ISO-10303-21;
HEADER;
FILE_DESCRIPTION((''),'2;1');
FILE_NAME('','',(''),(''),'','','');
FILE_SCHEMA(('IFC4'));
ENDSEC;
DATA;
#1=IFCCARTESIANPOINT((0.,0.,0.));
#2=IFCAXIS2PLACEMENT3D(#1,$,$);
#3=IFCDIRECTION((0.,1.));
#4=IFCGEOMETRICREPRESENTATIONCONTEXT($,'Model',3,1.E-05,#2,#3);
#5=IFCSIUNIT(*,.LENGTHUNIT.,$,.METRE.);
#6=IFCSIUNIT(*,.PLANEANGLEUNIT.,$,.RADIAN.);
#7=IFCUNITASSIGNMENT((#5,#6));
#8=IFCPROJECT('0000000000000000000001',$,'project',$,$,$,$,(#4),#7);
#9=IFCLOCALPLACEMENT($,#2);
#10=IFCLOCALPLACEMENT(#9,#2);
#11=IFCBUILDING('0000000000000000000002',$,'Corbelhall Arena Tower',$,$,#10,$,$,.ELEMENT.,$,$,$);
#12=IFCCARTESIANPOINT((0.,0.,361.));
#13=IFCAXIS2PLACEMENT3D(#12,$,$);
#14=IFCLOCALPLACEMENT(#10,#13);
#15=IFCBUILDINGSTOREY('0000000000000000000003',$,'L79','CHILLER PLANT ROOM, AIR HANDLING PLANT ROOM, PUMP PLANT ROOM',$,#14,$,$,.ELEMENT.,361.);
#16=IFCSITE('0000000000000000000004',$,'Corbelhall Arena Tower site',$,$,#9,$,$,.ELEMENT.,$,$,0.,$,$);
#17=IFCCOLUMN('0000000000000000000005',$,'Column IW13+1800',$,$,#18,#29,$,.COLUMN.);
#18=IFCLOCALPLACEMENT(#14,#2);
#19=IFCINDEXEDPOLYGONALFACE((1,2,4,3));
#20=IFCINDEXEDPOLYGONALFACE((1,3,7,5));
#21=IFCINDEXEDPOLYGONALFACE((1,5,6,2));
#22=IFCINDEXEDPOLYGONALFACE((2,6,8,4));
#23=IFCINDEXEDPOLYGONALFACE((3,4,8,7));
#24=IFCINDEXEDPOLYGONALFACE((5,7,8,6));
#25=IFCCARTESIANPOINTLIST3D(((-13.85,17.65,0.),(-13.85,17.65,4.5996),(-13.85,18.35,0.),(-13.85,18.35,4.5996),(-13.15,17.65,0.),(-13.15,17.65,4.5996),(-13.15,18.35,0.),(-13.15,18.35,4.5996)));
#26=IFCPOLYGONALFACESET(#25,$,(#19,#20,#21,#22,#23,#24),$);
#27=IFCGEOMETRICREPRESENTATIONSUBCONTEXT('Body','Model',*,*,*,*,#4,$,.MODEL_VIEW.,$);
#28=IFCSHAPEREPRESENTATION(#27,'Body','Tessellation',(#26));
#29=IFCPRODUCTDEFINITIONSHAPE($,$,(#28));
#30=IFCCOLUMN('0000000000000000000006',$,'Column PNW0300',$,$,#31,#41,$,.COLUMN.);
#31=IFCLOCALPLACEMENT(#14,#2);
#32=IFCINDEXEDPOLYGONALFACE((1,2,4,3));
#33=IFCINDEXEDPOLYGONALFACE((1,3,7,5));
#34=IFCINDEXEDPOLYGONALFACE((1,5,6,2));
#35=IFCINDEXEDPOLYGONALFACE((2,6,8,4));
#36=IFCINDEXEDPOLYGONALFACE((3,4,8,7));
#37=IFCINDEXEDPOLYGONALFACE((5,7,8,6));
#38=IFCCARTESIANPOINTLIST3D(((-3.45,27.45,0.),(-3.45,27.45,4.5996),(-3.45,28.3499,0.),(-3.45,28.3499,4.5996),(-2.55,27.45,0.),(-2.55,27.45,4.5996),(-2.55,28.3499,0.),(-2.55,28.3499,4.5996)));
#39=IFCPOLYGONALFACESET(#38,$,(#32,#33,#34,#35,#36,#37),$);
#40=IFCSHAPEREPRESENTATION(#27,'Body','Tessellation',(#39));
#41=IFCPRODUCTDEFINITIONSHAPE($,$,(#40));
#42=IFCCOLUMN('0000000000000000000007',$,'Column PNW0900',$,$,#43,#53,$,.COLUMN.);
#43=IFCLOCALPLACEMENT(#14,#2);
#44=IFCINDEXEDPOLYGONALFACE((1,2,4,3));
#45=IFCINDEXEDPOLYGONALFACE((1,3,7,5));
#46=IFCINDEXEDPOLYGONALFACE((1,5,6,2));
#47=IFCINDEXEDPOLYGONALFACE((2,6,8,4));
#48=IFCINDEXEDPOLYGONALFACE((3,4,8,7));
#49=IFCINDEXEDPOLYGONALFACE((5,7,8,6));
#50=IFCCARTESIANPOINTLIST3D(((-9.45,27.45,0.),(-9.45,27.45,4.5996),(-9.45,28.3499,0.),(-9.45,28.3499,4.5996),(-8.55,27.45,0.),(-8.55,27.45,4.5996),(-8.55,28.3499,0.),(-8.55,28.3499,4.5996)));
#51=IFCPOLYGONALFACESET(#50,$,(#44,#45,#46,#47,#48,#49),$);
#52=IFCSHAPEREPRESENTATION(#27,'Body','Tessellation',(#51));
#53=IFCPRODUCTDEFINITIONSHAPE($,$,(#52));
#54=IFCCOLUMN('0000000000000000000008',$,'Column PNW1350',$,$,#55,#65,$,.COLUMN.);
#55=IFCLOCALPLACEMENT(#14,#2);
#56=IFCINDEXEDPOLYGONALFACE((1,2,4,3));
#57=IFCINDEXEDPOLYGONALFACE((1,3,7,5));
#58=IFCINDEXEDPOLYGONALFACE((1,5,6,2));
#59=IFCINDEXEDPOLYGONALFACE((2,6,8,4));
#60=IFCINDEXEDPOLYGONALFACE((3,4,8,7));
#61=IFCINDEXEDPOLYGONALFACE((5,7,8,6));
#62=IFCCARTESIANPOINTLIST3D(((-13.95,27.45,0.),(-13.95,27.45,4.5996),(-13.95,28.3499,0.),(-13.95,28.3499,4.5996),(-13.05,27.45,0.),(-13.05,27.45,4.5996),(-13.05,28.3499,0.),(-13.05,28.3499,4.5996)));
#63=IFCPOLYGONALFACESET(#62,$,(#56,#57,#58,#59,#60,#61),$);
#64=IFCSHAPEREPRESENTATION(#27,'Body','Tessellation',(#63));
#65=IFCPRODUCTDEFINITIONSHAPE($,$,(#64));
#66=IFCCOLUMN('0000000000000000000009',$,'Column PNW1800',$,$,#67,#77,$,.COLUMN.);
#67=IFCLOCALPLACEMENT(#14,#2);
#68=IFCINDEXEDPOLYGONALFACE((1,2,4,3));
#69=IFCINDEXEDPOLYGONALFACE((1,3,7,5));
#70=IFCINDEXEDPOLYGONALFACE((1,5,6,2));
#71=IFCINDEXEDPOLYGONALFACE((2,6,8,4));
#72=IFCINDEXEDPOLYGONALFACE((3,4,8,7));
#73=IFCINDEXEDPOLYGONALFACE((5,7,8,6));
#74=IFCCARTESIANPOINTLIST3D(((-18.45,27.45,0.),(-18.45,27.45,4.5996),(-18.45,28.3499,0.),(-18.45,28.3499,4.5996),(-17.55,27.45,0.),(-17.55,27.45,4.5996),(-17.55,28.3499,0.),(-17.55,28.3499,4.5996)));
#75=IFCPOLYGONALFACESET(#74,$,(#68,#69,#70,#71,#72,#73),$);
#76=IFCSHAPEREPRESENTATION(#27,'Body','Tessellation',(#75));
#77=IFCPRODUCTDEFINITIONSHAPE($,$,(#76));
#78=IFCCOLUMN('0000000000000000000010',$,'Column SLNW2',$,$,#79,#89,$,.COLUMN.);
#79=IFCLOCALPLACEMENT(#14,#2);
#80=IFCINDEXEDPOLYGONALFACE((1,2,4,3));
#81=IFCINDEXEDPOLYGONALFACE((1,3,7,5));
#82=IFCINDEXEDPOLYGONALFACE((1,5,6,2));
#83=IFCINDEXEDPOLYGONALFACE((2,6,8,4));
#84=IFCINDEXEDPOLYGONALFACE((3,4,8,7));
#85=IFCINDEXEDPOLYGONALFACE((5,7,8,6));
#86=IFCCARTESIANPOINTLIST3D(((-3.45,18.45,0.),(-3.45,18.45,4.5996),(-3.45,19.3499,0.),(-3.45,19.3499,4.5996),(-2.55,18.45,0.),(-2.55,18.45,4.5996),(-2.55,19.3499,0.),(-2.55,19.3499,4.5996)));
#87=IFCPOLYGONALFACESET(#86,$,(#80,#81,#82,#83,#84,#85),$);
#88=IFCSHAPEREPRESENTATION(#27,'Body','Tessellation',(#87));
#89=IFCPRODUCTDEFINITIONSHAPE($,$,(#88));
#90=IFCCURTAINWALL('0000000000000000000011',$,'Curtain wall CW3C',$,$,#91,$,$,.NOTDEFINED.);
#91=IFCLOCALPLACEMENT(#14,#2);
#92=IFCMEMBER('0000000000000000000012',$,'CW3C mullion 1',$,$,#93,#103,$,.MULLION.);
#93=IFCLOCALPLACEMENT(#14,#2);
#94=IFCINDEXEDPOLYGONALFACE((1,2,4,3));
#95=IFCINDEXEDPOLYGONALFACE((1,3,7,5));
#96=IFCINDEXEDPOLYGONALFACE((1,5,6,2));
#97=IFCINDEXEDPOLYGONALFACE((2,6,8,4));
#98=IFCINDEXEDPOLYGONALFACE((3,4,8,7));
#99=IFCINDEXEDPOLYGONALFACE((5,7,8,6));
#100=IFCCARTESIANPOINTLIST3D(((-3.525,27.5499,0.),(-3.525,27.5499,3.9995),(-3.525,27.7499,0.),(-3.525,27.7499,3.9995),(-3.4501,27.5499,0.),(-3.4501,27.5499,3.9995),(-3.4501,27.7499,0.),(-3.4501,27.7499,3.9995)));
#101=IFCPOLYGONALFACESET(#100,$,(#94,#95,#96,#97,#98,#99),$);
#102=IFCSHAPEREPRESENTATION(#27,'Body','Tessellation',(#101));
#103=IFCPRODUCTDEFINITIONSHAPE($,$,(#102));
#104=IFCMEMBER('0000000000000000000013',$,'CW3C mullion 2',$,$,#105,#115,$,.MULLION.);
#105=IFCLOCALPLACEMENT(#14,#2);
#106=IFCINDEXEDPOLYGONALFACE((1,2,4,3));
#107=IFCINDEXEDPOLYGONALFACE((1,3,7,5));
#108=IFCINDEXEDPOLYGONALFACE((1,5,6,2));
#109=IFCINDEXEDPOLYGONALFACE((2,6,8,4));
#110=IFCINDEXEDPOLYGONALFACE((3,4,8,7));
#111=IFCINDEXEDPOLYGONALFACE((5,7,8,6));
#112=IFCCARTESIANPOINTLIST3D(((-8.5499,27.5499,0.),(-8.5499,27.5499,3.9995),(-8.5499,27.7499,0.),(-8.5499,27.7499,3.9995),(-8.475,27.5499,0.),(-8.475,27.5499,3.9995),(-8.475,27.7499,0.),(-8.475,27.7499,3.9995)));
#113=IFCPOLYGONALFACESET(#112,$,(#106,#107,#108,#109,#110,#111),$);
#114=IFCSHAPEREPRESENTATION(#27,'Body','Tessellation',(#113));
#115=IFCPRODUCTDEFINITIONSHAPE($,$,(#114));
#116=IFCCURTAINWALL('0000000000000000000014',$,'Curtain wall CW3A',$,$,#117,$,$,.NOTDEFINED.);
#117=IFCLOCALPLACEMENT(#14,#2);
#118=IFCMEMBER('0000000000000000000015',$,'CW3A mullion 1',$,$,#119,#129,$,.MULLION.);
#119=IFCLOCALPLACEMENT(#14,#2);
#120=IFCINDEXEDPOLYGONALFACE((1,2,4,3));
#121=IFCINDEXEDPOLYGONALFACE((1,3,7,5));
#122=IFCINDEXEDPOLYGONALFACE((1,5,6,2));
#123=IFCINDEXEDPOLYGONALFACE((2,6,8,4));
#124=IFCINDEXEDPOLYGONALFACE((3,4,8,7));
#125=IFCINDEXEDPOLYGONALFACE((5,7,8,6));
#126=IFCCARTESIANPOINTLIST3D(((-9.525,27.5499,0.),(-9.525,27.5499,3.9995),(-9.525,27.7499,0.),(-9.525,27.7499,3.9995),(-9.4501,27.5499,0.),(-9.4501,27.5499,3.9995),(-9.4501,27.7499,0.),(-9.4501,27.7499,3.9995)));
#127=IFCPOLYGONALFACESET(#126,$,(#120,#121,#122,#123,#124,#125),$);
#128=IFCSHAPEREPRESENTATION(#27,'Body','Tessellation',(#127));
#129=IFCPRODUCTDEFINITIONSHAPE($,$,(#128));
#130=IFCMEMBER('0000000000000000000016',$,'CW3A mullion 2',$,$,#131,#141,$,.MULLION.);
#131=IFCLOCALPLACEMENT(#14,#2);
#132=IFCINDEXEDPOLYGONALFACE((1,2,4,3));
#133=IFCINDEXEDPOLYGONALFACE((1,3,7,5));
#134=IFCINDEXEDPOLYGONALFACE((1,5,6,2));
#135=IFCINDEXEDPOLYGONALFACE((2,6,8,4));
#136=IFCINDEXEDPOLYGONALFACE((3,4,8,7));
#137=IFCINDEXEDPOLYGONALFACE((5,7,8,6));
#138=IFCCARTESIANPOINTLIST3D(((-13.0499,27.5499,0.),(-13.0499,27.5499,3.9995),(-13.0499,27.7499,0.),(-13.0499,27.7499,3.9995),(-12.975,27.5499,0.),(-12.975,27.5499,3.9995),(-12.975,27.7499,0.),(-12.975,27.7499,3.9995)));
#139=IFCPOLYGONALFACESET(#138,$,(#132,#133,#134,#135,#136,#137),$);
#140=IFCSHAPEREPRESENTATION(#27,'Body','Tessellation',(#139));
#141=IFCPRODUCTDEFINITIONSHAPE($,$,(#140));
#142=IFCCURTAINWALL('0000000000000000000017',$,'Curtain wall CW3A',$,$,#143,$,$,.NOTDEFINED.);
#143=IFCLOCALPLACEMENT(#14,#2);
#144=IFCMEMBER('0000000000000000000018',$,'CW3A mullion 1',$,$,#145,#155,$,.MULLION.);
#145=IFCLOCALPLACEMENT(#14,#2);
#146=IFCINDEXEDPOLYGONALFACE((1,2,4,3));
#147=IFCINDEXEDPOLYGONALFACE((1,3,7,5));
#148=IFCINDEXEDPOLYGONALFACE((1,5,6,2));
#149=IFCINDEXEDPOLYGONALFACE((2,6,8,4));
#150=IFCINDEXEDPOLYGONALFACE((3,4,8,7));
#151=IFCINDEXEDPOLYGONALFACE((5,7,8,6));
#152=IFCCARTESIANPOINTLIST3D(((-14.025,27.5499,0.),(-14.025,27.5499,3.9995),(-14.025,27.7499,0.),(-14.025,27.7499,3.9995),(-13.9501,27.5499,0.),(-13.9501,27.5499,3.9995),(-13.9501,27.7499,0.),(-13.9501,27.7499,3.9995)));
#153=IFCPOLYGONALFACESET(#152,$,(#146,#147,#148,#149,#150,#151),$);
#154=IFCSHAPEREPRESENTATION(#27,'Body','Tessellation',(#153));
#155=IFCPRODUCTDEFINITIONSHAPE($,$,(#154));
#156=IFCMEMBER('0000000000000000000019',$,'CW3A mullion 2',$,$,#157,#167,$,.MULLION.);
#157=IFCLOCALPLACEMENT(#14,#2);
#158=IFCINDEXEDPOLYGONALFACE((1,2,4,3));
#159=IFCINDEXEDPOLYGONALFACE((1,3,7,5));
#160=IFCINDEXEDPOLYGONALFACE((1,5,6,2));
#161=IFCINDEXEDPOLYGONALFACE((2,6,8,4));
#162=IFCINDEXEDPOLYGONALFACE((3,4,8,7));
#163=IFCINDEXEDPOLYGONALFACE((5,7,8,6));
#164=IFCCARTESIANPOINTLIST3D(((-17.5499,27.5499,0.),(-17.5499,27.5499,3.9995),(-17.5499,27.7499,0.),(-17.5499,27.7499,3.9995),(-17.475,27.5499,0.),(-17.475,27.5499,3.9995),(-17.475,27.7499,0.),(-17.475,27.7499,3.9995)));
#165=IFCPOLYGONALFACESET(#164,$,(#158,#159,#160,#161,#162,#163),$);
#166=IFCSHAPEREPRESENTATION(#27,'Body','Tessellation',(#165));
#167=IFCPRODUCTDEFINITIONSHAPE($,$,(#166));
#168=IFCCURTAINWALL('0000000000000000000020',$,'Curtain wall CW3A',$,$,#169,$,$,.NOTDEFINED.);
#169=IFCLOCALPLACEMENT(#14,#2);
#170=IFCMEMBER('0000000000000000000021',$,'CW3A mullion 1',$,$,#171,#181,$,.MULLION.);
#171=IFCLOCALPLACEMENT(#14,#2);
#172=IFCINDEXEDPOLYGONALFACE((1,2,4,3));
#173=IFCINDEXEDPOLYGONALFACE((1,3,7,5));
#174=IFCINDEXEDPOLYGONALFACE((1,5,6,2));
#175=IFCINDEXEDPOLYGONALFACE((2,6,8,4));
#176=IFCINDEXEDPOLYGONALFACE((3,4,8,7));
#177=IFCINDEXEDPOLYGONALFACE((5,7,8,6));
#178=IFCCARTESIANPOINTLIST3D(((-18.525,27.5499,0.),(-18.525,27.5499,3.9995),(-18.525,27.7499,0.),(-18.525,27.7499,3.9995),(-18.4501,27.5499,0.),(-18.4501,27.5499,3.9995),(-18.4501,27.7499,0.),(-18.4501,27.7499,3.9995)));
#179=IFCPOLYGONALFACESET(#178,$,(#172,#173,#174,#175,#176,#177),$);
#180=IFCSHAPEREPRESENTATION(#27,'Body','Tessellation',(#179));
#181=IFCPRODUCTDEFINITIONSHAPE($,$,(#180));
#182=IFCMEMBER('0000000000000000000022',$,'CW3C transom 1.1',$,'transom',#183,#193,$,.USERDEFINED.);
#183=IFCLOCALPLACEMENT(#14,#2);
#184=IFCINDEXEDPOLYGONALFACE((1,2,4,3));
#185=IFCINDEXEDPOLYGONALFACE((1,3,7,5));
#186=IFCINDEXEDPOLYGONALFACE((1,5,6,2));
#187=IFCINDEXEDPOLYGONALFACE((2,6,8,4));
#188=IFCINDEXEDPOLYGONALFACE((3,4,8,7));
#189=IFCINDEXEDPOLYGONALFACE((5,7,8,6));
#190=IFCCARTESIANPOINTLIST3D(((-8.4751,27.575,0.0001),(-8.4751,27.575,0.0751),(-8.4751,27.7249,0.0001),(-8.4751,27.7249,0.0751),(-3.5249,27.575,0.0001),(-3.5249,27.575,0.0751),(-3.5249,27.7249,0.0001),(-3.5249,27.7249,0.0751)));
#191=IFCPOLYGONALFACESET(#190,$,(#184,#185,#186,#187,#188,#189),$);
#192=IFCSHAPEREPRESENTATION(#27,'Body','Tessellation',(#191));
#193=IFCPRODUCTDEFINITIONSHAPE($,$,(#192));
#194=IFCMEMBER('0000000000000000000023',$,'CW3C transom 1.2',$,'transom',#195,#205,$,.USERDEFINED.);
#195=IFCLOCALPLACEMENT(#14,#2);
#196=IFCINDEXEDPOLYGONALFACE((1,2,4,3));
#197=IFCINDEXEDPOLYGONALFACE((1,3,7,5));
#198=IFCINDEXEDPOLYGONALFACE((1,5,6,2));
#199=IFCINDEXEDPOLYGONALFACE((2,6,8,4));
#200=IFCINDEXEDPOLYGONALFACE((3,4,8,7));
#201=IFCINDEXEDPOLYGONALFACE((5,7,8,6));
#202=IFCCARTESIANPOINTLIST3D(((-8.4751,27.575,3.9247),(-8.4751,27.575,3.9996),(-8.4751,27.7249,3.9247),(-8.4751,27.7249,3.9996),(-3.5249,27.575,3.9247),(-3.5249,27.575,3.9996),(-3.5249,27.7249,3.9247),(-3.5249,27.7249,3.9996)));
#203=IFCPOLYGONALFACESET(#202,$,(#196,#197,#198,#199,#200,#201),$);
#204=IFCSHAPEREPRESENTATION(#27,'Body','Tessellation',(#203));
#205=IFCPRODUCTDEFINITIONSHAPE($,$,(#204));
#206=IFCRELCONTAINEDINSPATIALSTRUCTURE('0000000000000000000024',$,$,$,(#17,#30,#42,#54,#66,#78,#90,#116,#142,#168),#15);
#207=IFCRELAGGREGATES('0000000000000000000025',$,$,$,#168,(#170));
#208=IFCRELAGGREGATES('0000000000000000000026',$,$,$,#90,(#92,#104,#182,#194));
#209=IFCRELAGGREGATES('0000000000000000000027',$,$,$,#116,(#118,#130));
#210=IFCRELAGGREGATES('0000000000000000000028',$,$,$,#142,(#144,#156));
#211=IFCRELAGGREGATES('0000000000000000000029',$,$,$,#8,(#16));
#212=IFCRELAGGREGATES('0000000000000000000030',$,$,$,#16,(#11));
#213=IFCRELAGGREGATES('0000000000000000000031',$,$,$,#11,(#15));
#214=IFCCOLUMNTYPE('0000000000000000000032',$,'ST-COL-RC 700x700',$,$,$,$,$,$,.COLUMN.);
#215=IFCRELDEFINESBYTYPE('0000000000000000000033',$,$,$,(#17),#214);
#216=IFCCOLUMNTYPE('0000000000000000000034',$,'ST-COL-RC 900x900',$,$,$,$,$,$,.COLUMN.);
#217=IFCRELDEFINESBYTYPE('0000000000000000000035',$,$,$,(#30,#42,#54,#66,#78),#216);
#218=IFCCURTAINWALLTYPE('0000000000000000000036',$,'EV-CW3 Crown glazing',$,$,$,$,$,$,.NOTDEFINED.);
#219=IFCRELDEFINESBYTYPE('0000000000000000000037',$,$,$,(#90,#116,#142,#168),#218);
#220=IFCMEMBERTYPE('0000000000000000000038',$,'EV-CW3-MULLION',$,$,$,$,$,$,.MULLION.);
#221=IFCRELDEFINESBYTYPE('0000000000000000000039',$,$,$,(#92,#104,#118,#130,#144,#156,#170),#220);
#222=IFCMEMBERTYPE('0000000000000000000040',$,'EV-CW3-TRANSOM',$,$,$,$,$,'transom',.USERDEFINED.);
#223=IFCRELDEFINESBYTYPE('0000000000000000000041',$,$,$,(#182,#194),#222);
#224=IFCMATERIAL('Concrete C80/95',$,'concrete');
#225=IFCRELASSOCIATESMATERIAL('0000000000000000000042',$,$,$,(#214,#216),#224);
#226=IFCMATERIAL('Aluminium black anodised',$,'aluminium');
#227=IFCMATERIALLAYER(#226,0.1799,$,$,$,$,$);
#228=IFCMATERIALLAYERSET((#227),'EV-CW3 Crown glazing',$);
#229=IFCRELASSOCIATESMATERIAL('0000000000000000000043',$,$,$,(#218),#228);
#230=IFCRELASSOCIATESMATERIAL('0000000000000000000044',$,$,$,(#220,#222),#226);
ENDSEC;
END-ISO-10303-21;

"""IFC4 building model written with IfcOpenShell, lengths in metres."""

from ifc_helpers import new_model, si_unit, direction, frame, origin, origin_2d, place, context, subcontext, project, spatial, rectangle, extrude, material, layer, layer_set, material_profile, profile_set, type_object, element, aggregate, save


model = new_model("IFC4")

# Units and contexts
model_context = context("Model", 3, precision=1e-05, world=origin(), true_north=direction((0.0, 1.0)))
body_context = subcontext(model_context, "Body", "Model", "MODEL_VIEW")
ifc_project = project(units=[si_unit("LENGTHUNIT", "METRE"), si_unit("PLANEANGLEUNIT", "RADIAN")], contexts=[model_context])

# Site, building, storey
site_placement = place(None, origin())
site = spatial("IfcSite", under=ifc_project, at=site_placement, Name="Corbelhall Arena Tower site", CompositionType="ELEMENT", RefElevation=0.0)
building_placement = place(site_placement, origin())
building = spatial("IfcBuilding", under=site, at=building_placement, Name="Corbelhall Arena Tower", CompositionType="ELEMENT")
storey_placement = place(building_placement, frame((0.0, 0.0, 361.0)))
storey = spatial("IfcBuildingStorey", under=building, at=storey_placement, Name="L79", Description="CHILLER PLANT ROOM, AIR HANDLING PLANT ROOM, PUMP PLANT ROOM", CompositionType="ELEMENT", Elevation=361.0)

# Columns
ifc_material_1 = material(Name="Concrete C80/95", Category="concrete")
ifc_material_profile_1 = material_profile(ifc_material_1, rectangle(XDim=0.7, YDim=0.7, at=origin_2d()))
ifc_profile_set_1 = profile_set([ifc_material_profile_1], Name="Concrete C80/95")
column_type_1 = type_object("IfcColumnType", Name="ST-COL-RC 700x700", PredefinedType="COLUMN", material=ifc_profile_set_1)
column_placement = place(storey_placement, frame((-13.5, 18.0, 0.0), z_axis=(0.0, 0.0, 1.0), x_axis=(1.0, 0.0, 0.0)))
element("IfcColumn", 1, at=column_placement, inside=storey, type_object=column_type_1, Name="Column IW13+1800", PredefinedType="COLUMN", context=body_context, shape_type="SweptSolid", body=[
    extrude(rectangle(XDim=0.7, YDim=0.7, at=origin_2d()), origin(), (0.0, 0.0, 1.0), 4.5996),
])
ifc_material_profile_2 = material_profile(ifc_material_1, rectangle(XDim=0.8999, YDim=0.8999, at=origin_2d()))
ifc_profile_set_2 = profile_set([ifc_material_profile_2], Name="Concrete C80/95")
column_type_2 = type_object("IfcColumnType", Name="ST-COL-RC 900x900", PredefinedType="COLUMN", material=ifc_profile_set_2)
for number, where, z_axis, x_axis, name in (
    (2, (-3.0, 27.8999, 0.0), (0.0, 0.0, 1.0), (1.0, 0.0, 0.0), "Column PNW0300"),
    (3, (-9.0, 27.8999, 0.0), (0.0, 0.0, 1.0), (1.0, 0.0, 0.0), "Column PNW0900"),
    (4, (-13.5, 27.8999, 0.0), (0.0, 0.0, 1.0), (1.0, 0.0, 0.0), "Column PNW1350"),
    (5, (-18.0, 27.8999, 0.0), (0.0, 0.0, 1.0), (1.0, 0.0, 0.0), "Column PNW1800"),
    (6, (-3.0, 18.8999, 0.0), (0.0, 0.0, 1.0), (1.0, 0.0, 0.0), "Column SLNW2"),
):
    element("IfcColumn", number, at=place(storey_placement, frame(where, z_axis=z_axis, x_axis=x_axis)), inside=storey, type_object=column_type_2, Name=name, PredefinedType="COLUMN", context=body_context, shape_type="SweptSolid", body=[
        extrude(rectangle(XDim=0.8999, YDim=0.8999, at=origin_2d()), origin(), (0.0, 0.0, 1.0), 4.5996),
    ])

# Curtain walls, members
ifc_material_2 = material(Name="Aluminium black anodised", Category="aluminium")
ifc_layer_1 = layer(ifc_material_2, 0.1799)
ifc_layer_set_1 = layer_set([ifc_layer_1], Name="EV-CW3 Crown glazing")
curtain_wall_type = type_object("IfcCurtainWallType", Name="EV-CW3 Crown glazing", PredefinedType="NOTDEFINED", material=ifc_layer_set_1)
curtain_wall_1_placement = place(storey_placement, origin())
curtain_wall_1 = element("IfcCurtainWall", 7, at=curtain_wall_1_placement, inside=storey, type_object=curtain_wall_type, Name="Curtain wall CW3C", PredefinedType="NOTDEFINED")
ifc_material_profile_3 = material_profile(ifc_material_2, rectangle(XDim=0.2, YDim=0.075, at=origin_2d()))
ifc_profile_set_3 = profile_set([ifc_material_profile_3], Name="Aluminium black anodised")
member_type_1 = type_object("IfcMemberType", Name="EV-CW3-MULLION", PredefinedType="MULLION", material=ifc_profile_set_3)
member_1_placement = place(storey_placement, frame((-3.4875, 27.6499, 0.0), z_axis=(0.0, 0.0, 1.0), x_axis=(0.0, -1.0, 0.0)))
member_1 = element("IfcMember", 8, at=member_1_placement, type_object=member_type_1, Name="CW3C mullion 1", PredefinedType="MULLION", context=body_context, shape_type="SweptSolid", body=[
    extrude(rectangle(XDim=0.2, YDim=0.075, at=origin_2d()), origin(), (0.0, 0.0, 1.0), 3.9995),
])
member_2_placement = place(storey_placement, frame((-8.5125, 27.6499, 0.0), z_axis=(0.0, 0.0, 1.0), x_axis=(0.0, -1.0, 0.0)))
member_2 = element("IfcMember", 9, at=member_2_placement, type_object=member_type_1, Name="CW3C mullion 2", PredefinedType="MULLION", context=body_context, shape_type="SweptSolid", body=[
    extrude(rectangle(XDim=0.2, YDim=0.075, at=origin_2d()), origin(), (0.0, 0.0, 1.0), 3.9995),
])
curtain_wall_2_placement = place(storey_placement, origin())
curtain_wall_2 = element("IfcCurtainWall", 10, at=curtain_wall_2_placement, inside=storey, type_object=curtain_wall_type, Name="Curtain wall CW3A", PredefinedType="NOTDEFINED")
member_3_placement = place(storey_placement, frame((-9.4875, 27.6499, 0.0), z_axis=(0.0, 0.0, 1.0), x_axis=(0.0, -1.0, 0.0)))
member_3 = element("IfcMember", 11, at=member_3_placement, type_object=member_type_1, Name="CW3A mullion 1", PredefinedType="MULLION", context=body_context, shape_type="SweptSolid", body=[
    extrude(rectangle(XDim=0.2, YDim=0.075, at=origin_2d()), origin(), (0.0, 0.0, 1.0), 3.9995),
])
member_4_placement = place(storey_placement, frame((-13.0125, 27.6499, 0.0), z_axis=(0.0, 0.0, 1.0), x_axis=(0.0, -1.0, 0.0)))
member_4 = element("IfcMember", 12, at=member_4_placement, type_object=member_type_1, Name="CW3A mullion 2", PredefinedType="MULLION", context=body_context, shape_type="SweptSolid", body=[
    extrude(rectangle(XDim=0.2, YDim=0.075, at=origin_2d()), origin(), (0.0, 0.0, 1.0), 3.9995),
])
curtain_wall_3_placement = place(storey_placement, origin())
curtain_wall_3 = element("IfcCurtainWall", 13, at=curtain_wall_3_placement, inside=storey, type_object=curtain_wall_type, Name="Curtain wall CW3A", PredefinedType="NOTDEFINED")
member_5_placement = place(storey_placement, frame((-13.9875, 27.6499, 0.0), z_axis=(0.0, 0.0, 1.0), x_axis=(0.0, -1.0, 0.0)))
member_5 = element("IfcMember", 14, at=member_5_placement, type_object=member_type_1, Name="CW3A mullion 1", PredefinedType="MULLION", context=body_context, shape_type="SweptSolid", body=[
    extrude(rectangle(XDim=0.2, YDim=0.075, at=origin_2d()), origin(), (0.0, 0.0, 1.0), 3.9995),
])
member_6_placement = place(storey_placement, frame((-17.5125, 27.6499, 0.0), z_axis=(0.0, 0.0, 1.0), x_axis=(0.0, -1.0, 0.0)))
member_6 = element("IfcMember", 15, at=member_6_placement, type_object=member_type_1, Name="CW3A mullion 2", PredefinedType="MULLION", context=body_context, shape_type="SweptSolid", body=[
    extrude(rectangle(XDim=0.2, YDim=0.075, at=origin_2d()), origin(), (0.0, 0.0, 1.0), 3.9995),
])

# Curtain wall, member
curtain_wall_4_placement = place(storey_placement, origin())
curtain_wall_4 = element("IfcCurtainWall", 16, at=curtain_wall_4_placement, inside=storey, type_object=curtain_wall_type, Name="Curtain wall CW3A", PredefinedType="NOTDEFINED")
member_7_placement = place(storey_placement, frame((-18.4875, 27.6499, 0.0), z_axis=(0.0, 0.0, 1.0), x_axis=(0.0, -1.0, 0.0)))
member_7 = element("IfcMember", 17, at=member_7_placement, type_object=member_type_1, Name="CW3A mullion 1", PredefinedType="MULLION", context=body_context, shape_type="SweptSolid", body=[
    extrude(rectangle(XDim=0.2, YDim=0.075, at=origin_2d()), origin(), (0.0, 0.0, 1.0), 3.9995),
])

# Members
ifc_material_profile_4 = material_profile(ifc_material_2, rectangle(XDim=0.1499, YDim=0.075, at=origin_2d()))
ifc_profile_set_4 = profile_set([ifc_material_profile_4], Name="Aluminium black anodised")
member_type_2 = type_object("IfcMemberType", Name="EV-CW3-TRANSOM", ElementType="transom", PredefinedType="USERDEFINED", material=ifc_profile_set_4)
member_8_placement = place(storey_placement, frame((-3.5249, 27.6499, 0.0376), z_axis=(-1.0, 0.0, 0.0), x_axis=(0.0, -1.0, 0.0)))
member_8 = element("IfcMember", 18, at=member_8_placement, type_object=member_type_2, Name="CW3C transom 1.1", ObjectType="transom", PredefinedType="USERDEFINED", context=body_context, shape_type="SweptSolid", body=[
    extrude(rectangle(XDim=0.1499, YDim=0.075, at=origin_2d()), origin(), (0.0, 0.0, 1.0), 4.9502),
])
member_9_placement = place(storey_placement, frame((-3.5249, 27.6499, 3.9622), z_axis=(-1.0, 0.0, 0.0), x_axis=(0.0, -1.0, 0.0)))
member_9 = element("IfcMember", 19, at=member_9_placement, type_object=member_type_2, Name="CW3C transom 1.2", ObjectType="transom", PredefinedType="USERDEFINED", context=body_context, shape_type="SweptSolid", body=[
    extrude(rectangle(XDim=0.1499, YDim=0.075, at=origin_2d()), origin(), (0.0, 0.0, 1.0), 4.9502),
])
aggregate(curtain_wall_4, [member_7])

aggregate(curtain_wall_1, [member_1, member_2, member_8, member_9])
aggregate(curtain_wall_2, [member_3, member_4])
aggregate(curtain_wall_3, [member_5, member_6])

save(model, "model.ifc")
